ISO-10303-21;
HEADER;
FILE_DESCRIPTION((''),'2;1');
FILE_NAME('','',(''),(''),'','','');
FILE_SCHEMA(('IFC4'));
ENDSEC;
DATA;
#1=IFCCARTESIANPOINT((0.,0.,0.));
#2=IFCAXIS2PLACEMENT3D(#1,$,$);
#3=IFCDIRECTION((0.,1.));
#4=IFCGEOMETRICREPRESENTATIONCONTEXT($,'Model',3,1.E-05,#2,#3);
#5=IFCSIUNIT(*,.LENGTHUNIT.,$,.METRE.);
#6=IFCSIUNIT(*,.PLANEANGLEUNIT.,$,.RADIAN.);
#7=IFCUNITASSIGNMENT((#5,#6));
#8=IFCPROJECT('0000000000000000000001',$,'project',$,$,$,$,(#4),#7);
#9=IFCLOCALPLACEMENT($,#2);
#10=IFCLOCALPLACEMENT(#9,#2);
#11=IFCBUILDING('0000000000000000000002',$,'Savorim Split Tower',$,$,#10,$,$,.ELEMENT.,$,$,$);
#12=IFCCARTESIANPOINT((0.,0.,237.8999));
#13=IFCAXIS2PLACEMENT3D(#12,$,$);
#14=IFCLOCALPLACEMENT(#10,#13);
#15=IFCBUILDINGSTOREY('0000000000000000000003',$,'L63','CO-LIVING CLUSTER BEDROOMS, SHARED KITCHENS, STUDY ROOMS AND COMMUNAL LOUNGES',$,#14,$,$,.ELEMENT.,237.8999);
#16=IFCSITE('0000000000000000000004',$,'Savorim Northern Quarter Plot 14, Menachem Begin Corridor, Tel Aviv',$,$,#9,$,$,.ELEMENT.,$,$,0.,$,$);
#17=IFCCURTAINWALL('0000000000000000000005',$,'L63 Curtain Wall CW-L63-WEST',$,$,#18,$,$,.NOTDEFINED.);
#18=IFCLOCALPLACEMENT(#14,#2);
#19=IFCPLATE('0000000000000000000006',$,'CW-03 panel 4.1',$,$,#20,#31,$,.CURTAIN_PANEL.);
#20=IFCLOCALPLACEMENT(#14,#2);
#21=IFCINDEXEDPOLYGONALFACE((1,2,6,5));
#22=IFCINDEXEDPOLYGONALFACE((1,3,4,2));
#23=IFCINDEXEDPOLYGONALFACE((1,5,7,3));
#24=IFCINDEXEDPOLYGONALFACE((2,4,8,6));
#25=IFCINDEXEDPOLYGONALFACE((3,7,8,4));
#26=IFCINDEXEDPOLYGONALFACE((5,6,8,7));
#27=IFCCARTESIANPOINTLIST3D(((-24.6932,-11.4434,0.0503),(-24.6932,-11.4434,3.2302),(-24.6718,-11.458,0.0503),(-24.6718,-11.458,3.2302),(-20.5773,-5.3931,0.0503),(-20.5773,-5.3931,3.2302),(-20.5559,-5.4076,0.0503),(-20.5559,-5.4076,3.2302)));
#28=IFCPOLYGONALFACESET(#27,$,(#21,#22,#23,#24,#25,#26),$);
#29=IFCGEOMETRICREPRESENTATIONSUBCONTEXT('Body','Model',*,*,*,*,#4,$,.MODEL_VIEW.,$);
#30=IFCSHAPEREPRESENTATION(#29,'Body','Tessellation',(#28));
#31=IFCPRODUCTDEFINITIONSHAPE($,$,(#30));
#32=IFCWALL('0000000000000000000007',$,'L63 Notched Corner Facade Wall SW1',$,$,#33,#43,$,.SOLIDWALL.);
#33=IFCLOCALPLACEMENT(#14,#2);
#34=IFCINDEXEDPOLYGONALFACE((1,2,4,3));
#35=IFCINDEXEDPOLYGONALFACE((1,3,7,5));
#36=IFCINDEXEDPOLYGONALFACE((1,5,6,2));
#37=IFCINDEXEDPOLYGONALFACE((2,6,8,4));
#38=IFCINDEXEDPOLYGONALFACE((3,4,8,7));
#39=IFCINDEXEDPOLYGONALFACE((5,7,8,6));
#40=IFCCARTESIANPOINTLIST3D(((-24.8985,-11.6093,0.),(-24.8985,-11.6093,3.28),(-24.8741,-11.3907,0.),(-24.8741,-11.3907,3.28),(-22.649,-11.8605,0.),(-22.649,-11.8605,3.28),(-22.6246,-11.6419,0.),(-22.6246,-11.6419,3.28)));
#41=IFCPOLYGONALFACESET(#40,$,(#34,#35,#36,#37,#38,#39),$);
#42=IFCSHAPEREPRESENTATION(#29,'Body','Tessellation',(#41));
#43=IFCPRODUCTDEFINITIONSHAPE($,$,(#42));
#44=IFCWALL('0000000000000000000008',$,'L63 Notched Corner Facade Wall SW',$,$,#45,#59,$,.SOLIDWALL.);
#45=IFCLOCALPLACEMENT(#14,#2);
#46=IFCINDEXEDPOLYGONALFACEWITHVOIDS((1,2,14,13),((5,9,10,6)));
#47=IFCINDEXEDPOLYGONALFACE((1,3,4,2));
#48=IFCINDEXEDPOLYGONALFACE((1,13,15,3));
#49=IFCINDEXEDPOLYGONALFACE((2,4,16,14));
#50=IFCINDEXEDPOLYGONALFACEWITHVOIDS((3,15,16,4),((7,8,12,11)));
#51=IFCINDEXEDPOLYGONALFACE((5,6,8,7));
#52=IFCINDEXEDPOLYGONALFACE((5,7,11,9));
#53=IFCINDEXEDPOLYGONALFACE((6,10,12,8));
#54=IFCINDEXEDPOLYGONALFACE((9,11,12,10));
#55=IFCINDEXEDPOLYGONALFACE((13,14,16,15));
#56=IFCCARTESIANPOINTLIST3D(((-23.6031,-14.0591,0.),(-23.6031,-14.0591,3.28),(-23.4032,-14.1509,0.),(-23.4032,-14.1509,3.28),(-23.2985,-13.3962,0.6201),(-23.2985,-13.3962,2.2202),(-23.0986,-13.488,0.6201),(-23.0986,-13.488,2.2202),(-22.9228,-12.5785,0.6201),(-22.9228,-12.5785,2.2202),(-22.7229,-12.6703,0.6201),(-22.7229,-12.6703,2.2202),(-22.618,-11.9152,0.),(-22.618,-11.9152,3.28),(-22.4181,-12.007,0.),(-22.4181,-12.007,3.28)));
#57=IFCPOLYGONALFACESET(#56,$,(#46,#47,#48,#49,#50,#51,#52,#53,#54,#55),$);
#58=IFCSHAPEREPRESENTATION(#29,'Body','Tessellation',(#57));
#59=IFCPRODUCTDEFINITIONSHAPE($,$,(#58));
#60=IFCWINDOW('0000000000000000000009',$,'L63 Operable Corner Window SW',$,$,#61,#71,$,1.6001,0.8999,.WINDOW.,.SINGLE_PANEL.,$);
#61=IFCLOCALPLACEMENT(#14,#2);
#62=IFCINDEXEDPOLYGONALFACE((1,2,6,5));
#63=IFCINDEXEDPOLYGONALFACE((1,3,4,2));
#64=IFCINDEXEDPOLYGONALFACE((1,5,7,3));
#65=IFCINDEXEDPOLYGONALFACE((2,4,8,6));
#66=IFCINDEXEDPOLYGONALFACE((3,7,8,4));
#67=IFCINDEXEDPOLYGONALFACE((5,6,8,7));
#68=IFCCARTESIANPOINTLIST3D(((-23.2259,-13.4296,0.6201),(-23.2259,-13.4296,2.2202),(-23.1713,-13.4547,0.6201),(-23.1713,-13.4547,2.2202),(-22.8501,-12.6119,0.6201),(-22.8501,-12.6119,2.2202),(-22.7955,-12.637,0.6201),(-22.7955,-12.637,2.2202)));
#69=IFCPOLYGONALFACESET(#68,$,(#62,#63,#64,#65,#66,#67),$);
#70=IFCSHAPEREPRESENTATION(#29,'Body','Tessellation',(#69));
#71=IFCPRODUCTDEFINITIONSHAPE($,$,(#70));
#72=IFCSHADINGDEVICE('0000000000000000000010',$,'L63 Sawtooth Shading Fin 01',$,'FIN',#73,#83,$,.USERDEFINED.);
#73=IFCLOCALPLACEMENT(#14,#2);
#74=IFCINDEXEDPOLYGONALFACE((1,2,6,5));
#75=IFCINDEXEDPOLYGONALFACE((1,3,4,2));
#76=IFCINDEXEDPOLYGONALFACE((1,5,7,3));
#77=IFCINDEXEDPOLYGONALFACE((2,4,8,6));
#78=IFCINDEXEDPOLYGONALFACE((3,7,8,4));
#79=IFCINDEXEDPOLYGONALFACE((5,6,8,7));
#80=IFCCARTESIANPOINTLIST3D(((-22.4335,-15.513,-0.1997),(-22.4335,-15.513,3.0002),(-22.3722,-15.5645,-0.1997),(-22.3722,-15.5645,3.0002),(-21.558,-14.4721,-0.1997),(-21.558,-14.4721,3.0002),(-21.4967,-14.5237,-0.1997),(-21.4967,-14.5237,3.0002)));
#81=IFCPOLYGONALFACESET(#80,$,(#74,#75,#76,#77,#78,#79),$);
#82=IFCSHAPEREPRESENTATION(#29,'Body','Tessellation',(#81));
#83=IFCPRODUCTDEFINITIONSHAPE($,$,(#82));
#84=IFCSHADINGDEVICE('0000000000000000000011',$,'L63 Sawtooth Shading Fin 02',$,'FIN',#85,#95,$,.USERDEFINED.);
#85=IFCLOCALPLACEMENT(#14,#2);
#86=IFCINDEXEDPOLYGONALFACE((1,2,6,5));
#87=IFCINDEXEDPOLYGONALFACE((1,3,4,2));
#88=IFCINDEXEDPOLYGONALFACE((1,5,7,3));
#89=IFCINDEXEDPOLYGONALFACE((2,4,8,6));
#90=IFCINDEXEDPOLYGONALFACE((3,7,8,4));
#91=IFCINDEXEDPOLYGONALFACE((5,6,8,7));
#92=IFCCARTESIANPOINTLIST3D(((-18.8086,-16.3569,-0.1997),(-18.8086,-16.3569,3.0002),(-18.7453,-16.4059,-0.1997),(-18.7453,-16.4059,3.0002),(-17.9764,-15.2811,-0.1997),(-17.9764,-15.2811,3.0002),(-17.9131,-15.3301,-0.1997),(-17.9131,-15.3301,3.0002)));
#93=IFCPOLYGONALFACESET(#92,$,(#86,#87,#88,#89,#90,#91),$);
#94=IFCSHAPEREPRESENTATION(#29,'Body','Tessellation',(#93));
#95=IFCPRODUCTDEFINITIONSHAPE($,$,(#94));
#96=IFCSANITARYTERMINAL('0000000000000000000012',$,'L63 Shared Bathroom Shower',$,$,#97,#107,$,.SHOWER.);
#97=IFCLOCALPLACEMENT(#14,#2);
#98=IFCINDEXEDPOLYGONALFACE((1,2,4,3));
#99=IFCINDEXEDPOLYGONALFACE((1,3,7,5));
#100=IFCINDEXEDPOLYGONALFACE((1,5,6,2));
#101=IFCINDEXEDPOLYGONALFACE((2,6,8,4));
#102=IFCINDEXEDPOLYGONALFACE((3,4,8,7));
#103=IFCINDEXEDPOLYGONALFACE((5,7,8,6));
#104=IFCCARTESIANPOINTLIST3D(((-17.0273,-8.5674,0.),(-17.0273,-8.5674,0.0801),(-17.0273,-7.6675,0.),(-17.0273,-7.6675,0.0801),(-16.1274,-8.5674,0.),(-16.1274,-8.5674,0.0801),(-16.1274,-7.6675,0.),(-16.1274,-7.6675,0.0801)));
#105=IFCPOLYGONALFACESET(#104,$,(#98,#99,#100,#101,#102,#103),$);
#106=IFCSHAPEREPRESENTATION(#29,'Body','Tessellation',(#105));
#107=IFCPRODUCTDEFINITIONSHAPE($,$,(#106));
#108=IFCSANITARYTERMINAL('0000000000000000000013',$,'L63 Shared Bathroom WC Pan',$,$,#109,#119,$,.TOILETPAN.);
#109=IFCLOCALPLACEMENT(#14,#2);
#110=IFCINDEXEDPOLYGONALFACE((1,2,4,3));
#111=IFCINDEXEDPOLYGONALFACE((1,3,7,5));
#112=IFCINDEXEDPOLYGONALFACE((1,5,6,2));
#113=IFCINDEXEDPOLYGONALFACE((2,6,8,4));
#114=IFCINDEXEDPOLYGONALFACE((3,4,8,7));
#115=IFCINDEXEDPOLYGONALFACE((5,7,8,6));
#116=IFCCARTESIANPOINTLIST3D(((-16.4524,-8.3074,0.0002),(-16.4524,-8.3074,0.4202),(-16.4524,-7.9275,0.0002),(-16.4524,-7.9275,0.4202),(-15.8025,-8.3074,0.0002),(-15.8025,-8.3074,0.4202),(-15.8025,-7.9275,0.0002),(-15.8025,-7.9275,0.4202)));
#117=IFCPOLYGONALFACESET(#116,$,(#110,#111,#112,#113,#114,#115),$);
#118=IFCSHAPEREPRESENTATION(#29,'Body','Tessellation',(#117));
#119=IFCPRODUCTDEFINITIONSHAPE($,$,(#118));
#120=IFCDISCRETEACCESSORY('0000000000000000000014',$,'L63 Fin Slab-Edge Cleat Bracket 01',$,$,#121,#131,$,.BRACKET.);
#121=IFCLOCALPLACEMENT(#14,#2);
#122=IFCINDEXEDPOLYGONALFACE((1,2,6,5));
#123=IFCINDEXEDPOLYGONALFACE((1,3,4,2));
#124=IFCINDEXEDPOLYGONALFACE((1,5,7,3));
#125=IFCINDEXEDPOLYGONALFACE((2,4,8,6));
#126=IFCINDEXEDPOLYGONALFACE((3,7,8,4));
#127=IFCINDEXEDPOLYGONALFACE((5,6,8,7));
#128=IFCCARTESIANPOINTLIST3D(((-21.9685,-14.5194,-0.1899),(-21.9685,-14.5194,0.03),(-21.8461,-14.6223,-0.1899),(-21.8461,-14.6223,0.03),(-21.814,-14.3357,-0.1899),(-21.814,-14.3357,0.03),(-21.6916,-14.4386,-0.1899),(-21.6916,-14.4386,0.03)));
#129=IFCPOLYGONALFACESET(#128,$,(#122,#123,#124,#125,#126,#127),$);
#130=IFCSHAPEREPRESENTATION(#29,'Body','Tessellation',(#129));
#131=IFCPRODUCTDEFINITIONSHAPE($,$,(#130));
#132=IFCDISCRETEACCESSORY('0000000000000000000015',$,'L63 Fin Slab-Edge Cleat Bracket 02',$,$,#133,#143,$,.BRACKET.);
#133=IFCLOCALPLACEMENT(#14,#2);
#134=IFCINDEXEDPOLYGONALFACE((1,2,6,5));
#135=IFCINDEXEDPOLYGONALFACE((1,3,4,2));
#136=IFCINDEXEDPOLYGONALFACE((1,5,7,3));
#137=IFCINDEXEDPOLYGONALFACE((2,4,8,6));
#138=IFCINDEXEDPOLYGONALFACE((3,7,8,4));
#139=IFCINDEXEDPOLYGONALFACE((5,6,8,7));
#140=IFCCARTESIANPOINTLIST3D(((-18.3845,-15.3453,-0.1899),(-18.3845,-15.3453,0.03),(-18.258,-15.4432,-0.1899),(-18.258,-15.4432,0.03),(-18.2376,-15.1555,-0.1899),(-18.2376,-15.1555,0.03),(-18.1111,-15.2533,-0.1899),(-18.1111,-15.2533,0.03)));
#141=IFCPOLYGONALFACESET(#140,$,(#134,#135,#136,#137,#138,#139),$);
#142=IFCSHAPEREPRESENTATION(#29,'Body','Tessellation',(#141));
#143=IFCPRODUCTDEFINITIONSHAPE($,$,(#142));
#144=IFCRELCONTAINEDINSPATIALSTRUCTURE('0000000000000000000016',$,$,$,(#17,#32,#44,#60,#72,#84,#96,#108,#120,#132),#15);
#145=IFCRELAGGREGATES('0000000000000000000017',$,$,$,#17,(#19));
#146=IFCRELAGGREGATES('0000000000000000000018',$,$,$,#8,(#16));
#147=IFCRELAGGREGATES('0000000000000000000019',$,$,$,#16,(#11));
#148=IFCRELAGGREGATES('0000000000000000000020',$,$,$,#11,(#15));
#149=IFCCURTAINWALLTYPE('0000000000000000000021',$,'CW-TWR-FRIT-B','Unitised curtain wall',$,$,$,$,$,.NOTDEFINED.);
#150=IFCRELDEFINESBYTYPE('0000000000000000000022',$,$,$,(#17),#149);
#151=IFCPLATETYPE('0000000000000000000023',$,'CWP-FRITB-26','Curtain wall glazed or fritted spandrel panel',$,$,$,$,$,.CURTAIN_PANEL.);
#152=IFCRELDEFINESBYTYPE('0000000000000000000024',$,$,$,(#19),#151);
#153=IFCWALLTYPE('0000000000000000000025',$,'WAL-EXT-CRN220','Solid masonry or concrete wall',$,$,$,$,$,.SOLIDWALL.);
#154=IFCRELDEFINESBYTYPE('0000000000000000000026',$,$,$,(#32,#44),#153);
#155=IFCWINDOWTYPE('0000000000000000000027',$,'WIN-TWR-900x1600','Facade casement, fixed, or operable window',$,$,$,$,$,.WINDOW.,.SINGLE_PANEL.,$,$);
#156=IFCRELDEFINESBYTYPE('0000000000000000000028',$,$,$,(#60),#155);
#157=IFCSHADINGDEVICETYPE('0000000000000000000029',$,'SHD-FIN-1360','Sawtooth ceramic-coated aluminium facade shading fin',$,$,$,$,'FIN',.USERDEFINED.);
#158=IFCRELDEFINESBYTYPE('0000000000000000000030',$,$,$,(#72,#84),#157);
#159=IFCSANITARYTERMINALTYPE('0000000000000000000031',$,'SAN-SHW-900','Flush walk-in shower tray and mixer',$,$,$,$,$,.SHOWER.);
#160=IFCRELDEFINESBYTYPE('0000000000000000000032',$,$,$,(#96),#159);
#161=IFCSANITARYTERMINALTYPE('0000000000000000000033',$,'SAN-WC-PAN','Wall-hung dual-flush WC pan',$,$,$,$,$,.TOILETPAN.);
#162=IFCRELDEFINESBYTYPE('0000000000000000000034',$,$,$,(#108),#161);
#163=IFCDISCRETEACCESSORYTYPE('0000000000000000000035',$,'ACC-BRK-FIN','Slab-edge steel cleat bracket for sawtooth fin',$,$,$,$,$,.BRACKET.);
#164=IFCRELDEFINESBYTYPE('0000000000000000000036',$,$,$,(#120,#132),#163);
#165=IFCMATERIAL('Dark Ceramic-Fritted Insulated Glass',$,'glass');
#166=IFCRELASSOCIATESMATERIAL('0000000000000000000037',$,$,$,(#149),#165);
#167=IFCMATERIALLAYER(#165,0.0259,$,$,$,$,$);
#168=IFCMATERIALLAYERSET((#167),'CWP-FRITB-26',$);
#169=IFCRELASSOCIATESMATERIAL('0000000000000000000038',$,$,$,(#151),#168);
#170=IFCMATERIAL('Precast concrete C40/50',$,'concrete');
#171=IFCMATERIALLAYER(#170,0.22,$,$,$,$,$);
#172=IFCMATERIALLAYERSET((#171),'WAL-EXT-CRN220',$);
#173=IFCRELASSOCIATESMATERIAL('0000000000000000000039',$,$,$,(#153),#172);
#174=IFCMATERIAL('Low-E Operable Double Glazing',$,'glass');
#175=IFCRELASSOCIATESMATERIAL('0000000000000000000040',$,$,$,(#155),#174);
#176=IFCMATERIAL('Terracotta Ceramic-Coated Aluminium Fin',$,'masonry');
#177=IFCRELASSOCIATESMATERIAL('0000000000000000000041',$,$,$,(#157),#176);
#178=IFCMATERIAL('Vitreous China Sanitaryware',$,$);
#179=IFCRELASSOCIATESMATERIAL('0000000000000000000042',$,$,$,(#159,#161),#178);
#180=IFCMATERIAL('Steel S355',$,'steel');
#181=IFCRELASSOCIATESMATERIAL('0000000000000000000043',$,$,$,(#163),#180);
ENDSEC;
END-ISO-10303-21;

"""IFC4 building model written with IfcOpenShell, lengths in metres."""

from ifc_helpers import new_model, si_unit, direction, frame, frame_2d, origin, origin_2d, place, context, subcontext, project, spatial, rectangle, extrude, material, layer, layer_set, type_object, element, fill, aggregate, save


model = new_model("IFC4")

# Units and contexts
model_context = context("Model", 3, precision=1e-05, world=origin(), true_north=direction((0.0, 1.0)))
body_context = subcontext(model_context, "Body", "Model", "MODEL_VIEW")
ifc_project = project(units=[si_unit("LENGTHUNIT", "METRE"), si_unit("PLANEANGLEUNIT", "RADIAN")], contexts=[model_context])

# Site, building, storey
site_placement = place(None, origin())
site = spatial("IfcSite", under=ifc_project, at=site_placement, Name="Savorim Northern Quarter Plot 14, Menachem Begin Corridor, Tel Aviv", CompositionType="ELEMENT", RefElevation=0.0)
building_placement = place(site_placement, origin())
building = spatial("IfcBuilding", under=site, at=building_placement, Name="Savorim Split Tower", CompositionType="ELEMENT")
storey_placement = place(building_placement, frame((0.0, 0.0, 237.8999)))
storey = spatial("IfcBuildingStorey", under=building, at=storey_placement, Name="L63", Description="CO-LIVING CLUSTER BEDROOMS, SHARED KITCHENS, STUDY ROOMS AND COMMUNAL LOUNGES", CompositionType="ELEMENT", Elevation=237.8999)

# Shared definitions
ifc_material_1 = material(Name="Steel S355", Category="steel")

# Curtain wall
ifc_material_2 = material(Name="Dark Ceramic-Fritted Insulated Glass", Category="glass")
curtain_wall_type = type_object("IfcCurtainWallType", Name="CW-TWR-FRIT-B", Description="Unitised curtain wall", PredefinedType="NOTDEFINED", material=ifc_material_2)
curtain_wall_1_placement = place(storey_placement, origin())
curtain_wall_1 = element("IfcCurtainWall", 1, at=curtain_wall_1_placement, inside=storey, type_object=curtain_wall_type, Name="L63 Curtain Wall CW-L63-WEST", PredefinedType="NOTDEFINED")

# Plate
ifc_layer_1 = layer(ifc_material_2, 0.0259)
ifc_layer_set_1 = layer_set([ifc_layer_1], Name="CWP-FRITB-26")
plate_type = type_object("IfcPlateType", Name="CWP-FRITB-26", Description="Curtain wall glazed or fritted spandrel panel", PredefinedType="CURTAIN_PANEL", material=ifc_layer_set_1)
plate_1_placement = place(storey_placement, frame((-22.6245, -8.4255, 0.0503), z_axis=(0.0, 0.0, 1.0), x_axis=(-0.562467, -0.82682, 0.0)))
plate_1 = element("IfcPlate", 2, at=plate_1_placement, type_object=plate_type, Name="CW-03 panel 4.1", PredefinedType="CURTAIN_PANEL", context=body_context, shape_type="SweptSolid", body=[
    extrude(rectangle(XDim=7.3176, YDim=0.0259, at=origin_2d()), origin(), (0.0, 0.0, 1.0), 3.1799),
])
aggregate(curtain_wall_1, [plate_1])

# Wall
ifc_material_3 = material(Name="Precast concrete C40/50", Category="concrete")
ifc_layer_2 = layer(ifc_material_3, 0.22)
ifc_layer_set_2 = layer_set([ifc_layer_2], Name="WAL-EXT-CRN220")
wall_type = type_object("IfcWallType", Name="WAL-EXT-CRN220", Description="Solid masonry or concrete wall", PredefinedType="SOLIDWALL", material=ifc_layer_set_2)
wall_1_placement = place(storey_placement, frame((-22.6367, -11.7512, 0.0), z_axis=(0.0, 0.0, 1.0), x_axis=(-0.993822, 0.110988, 0.0)))
element("IfcWall", 3, at=wall_1_placement, inside=storey, type_object=wall_type, Name="L63 Notched Corner Facade Wall SW1", PredefinedType="SOLIDWALL", context=body_context, shape_type="SweptSolid", body=[
    extrude(rectangle(XDim=2.2634, YDim=0.22, at=frame_2d((1.1318, 0.0))), origin(), (0.0, 0.0, 1.0), 3.28),
])

# Wall, opening, window
wall_2_placement = place(storey_placement, frame((-23.5032, -14.105, 0.0), z_axis=(0.0, 0.0, 1.0), x_axis=(0.417542, 0.908658, 0.0)))
wall_2 = element("IfcWall", 4, at=wall_2_placement, inside=storey, type_object=wall_type, Name="L63 Notched Corner Facade Wall SW", PredefinedType="SOLIDWALL", context=body_context, shape_type="SweptSolid", body=[
    extrude(rectangle(XDim=2.3594, YDim=0.22, at=frame_2d((1.1797, 0.0))), origin(), (0.0, 0.0, 1.0), 3.28),
])
opening_placement = place(wall_2_placement, frame((0.7295, 0.0, 0.6201)))
opening = element("IfcOpeningElement", 5, at=opening_placement, cuts=wall_2, PredefinedType="OPENING", context=body_context, shape_type="SweptSolid", body=[
    extrude(rectangle(XDim=0.8999, YDim=1.6001, at=frame_2d((0.45, 0.8))), frame((0.0, 0.1199, 0.0), z_axis=(0.0, -1.0, 0.0), x_axis=(1.0, 0.0, 0.0)), (0.0, 0.0, 1.0), 0.24),
])
ifc_material_4 = material(Name="Low-E Operable Double Glazing", Category="glass")
window_type = type_object("IfcWindowType", Name="WIN-TWR-900x1600", Description="Facade casement, fixed, or operable window", PartitioningType="SINGLE_PANEL", PredefinedType="WINDOW", material=ifc_material_4)
window_placement = place(opening_placement, origin())
window = element("IfcWindow", 6, at=window_placement, inside=storey, type_object=window_type, Name="L63 Operable Corner Window SW", OverallHeight=1.6001, OverallWidth=0.8999, PartitioningType="SINGLE_PANEL", PredefinedType="WINDOW", context=body_context, shape_type="SweptSolid", body=[
    extrude(rectangle(XDim=0.8999, YDim=1.6001, at=frame_2d((0.45, 0.8))), frame((0.0, 0.03, 0.0), z_axis=(0.0, -1.0, 0.0), x_axis=(1.0, 0.0, 0.0)), (0.0, 0.0, 1.0), 0.0601),
])
fill(opening, window)

# Shading devices
ifc_material_5 = material(Name="Terracotta Ceramic-Coated Aluminium Fin", Category="masonry")
shading_device_type = type_object("IfcShadingDeviceType", Name="SHD-FIN-1360", Description="Sawtooth ceramic-coated aluminium facade shading fin", ElementType="FIN", PredefinedType="USERDEFINED", material=ifc_material_5)
for number, where, z_axis, x_axis, name in (
    (7, (-21.9651, -15.0183, -0.1997), (0.0, 0.0, 1.0), (-0.643719, -0.765262, 0.0), "L63 Sawtooth Shading Fin 01"),
    (8, (-18.3608, -15.8435, -0.1997), (0.0, 0.0, 1.0), (-0.611868, -0.79096, 0.0), "L63 Sawtooth Shading Fin 02"),
):
    element("IfcShadingDevice", number, at=place(storey_placement, frame(where, z_axis=z_axis, x_axis=x_axis)), inside=storey, type_object=shading_device_type, Name=name, ObjectType="FIN", PredefinedType="USERDEFINED", context=body_context, shape_type="SweptSolid", body=[
        extrude(rectangle(XDim=1.3601, YDim=0.0801, at=origin_2d()), origin(), (0.0, 0.0, 1.0), 3.2),
    ])

# Sanitary terminals
ifc_material_6 = material(Name="Vitreous China Sanitaryware")
sanitary_terminal_type_1 = type_object("IfcSanitaryTerminalType", Name="SAN-SHW-900", Description="Flush walk-in shower tray and mixer", PredefinedType="SHOWER", material=ifc_material_6)
sanitary_terminal_1_placement = place(storey_placement, frame((-16.5774, -8.1174, 0.0), z_axis=(0.0, 0.0, 1.0), x_axis=(1.0, 0.0, 0.0)))
element("IfcSanitaryTerminal", 9, at=sanitary_terminal_1_placement, inside=storey, type_object=sanitary_terminal_type_1, Name="L63 Shared Bathroom Shower", PredefinedType="SHOWER", context=body_context, shape_type="SweptSolid", body=[
    extrude(rectangle(XDim=0.8999, YDim=0.8999, at=origin_2d()), origin(), (0.0, 0.0, 1.0), 0.0801),
])
sanitary_terminal_type_2 = type_object("IfcSanitaryTerminalType", Name="SAN-WC-PAN", Description="Wall-hung dual-flush WC pan", PredefinedType="TOILETPAN", material=ifc_material_6)
sanitary_terminal_2_placement = place(storey_placement, frame((-16.1274, -8.1174, 0.0002), z_axis=(0.0, 0.0, 1.0), x_axis=(1.0, 0.0, 0.0)))
element("IfcSanitaryTerminal", 10, at=sanitary_terminal_2_placement, inside=storey, type_object=sanitary_terminal_type_2, Name="L63 Shared Bathroom WC Pan", PredefinedType="TOILETPAN", context=body_context, shape_type="SweptSolid", body=[
    extrude(rectangle(XDim=0.6499, YDim=0.3799, at=origin_2d()), origin(), (0.0, 0.0, 1.0), 0.4199),
])

# Discrete accessories
discrete_accessory_type = type_object("IfcDiscreteAccessoryType", Name="ACC-BRK-FIN", Description="Slab-edge steel cleat bracket for sawtooth fin", PredefinedType="BRACKET", material=ifc_material_1)
for number, where, z_axis, x_axis, name in (
    (11, (-21.8301, -14.479, -0.1899), (0.0, 0.0, 1.0), (-0.643719, -0.765262, 0.0), "L63 Fin Slab-Edge Cleat Bracket 01"),
    (12, (-18.2478, -15.2993, -0.1899), (0.0, 0.0, 1.0), (-0.611868, -0.79096, 0.0), "L63 Fin Slab-Edge Cleat Bracket 02"),
):
    element("IfcDiscreteAccessory", number, at=place(storey_placement, frame(where, z_axis=z_axis, x_axis=x_axis)), inside=storey, type_object=discrete_accessory_type, Name=name, PredefinedType="BRACKET", context=body_context, shape_type="SweptSolid", body=[
        extrude(rectangle(XDim=0.24, YDim=0.1599, at=origin_2d()), origin(), (0.0, 0.0, 1.0), 0.22),
    ])

save(model, "model.ifc")
